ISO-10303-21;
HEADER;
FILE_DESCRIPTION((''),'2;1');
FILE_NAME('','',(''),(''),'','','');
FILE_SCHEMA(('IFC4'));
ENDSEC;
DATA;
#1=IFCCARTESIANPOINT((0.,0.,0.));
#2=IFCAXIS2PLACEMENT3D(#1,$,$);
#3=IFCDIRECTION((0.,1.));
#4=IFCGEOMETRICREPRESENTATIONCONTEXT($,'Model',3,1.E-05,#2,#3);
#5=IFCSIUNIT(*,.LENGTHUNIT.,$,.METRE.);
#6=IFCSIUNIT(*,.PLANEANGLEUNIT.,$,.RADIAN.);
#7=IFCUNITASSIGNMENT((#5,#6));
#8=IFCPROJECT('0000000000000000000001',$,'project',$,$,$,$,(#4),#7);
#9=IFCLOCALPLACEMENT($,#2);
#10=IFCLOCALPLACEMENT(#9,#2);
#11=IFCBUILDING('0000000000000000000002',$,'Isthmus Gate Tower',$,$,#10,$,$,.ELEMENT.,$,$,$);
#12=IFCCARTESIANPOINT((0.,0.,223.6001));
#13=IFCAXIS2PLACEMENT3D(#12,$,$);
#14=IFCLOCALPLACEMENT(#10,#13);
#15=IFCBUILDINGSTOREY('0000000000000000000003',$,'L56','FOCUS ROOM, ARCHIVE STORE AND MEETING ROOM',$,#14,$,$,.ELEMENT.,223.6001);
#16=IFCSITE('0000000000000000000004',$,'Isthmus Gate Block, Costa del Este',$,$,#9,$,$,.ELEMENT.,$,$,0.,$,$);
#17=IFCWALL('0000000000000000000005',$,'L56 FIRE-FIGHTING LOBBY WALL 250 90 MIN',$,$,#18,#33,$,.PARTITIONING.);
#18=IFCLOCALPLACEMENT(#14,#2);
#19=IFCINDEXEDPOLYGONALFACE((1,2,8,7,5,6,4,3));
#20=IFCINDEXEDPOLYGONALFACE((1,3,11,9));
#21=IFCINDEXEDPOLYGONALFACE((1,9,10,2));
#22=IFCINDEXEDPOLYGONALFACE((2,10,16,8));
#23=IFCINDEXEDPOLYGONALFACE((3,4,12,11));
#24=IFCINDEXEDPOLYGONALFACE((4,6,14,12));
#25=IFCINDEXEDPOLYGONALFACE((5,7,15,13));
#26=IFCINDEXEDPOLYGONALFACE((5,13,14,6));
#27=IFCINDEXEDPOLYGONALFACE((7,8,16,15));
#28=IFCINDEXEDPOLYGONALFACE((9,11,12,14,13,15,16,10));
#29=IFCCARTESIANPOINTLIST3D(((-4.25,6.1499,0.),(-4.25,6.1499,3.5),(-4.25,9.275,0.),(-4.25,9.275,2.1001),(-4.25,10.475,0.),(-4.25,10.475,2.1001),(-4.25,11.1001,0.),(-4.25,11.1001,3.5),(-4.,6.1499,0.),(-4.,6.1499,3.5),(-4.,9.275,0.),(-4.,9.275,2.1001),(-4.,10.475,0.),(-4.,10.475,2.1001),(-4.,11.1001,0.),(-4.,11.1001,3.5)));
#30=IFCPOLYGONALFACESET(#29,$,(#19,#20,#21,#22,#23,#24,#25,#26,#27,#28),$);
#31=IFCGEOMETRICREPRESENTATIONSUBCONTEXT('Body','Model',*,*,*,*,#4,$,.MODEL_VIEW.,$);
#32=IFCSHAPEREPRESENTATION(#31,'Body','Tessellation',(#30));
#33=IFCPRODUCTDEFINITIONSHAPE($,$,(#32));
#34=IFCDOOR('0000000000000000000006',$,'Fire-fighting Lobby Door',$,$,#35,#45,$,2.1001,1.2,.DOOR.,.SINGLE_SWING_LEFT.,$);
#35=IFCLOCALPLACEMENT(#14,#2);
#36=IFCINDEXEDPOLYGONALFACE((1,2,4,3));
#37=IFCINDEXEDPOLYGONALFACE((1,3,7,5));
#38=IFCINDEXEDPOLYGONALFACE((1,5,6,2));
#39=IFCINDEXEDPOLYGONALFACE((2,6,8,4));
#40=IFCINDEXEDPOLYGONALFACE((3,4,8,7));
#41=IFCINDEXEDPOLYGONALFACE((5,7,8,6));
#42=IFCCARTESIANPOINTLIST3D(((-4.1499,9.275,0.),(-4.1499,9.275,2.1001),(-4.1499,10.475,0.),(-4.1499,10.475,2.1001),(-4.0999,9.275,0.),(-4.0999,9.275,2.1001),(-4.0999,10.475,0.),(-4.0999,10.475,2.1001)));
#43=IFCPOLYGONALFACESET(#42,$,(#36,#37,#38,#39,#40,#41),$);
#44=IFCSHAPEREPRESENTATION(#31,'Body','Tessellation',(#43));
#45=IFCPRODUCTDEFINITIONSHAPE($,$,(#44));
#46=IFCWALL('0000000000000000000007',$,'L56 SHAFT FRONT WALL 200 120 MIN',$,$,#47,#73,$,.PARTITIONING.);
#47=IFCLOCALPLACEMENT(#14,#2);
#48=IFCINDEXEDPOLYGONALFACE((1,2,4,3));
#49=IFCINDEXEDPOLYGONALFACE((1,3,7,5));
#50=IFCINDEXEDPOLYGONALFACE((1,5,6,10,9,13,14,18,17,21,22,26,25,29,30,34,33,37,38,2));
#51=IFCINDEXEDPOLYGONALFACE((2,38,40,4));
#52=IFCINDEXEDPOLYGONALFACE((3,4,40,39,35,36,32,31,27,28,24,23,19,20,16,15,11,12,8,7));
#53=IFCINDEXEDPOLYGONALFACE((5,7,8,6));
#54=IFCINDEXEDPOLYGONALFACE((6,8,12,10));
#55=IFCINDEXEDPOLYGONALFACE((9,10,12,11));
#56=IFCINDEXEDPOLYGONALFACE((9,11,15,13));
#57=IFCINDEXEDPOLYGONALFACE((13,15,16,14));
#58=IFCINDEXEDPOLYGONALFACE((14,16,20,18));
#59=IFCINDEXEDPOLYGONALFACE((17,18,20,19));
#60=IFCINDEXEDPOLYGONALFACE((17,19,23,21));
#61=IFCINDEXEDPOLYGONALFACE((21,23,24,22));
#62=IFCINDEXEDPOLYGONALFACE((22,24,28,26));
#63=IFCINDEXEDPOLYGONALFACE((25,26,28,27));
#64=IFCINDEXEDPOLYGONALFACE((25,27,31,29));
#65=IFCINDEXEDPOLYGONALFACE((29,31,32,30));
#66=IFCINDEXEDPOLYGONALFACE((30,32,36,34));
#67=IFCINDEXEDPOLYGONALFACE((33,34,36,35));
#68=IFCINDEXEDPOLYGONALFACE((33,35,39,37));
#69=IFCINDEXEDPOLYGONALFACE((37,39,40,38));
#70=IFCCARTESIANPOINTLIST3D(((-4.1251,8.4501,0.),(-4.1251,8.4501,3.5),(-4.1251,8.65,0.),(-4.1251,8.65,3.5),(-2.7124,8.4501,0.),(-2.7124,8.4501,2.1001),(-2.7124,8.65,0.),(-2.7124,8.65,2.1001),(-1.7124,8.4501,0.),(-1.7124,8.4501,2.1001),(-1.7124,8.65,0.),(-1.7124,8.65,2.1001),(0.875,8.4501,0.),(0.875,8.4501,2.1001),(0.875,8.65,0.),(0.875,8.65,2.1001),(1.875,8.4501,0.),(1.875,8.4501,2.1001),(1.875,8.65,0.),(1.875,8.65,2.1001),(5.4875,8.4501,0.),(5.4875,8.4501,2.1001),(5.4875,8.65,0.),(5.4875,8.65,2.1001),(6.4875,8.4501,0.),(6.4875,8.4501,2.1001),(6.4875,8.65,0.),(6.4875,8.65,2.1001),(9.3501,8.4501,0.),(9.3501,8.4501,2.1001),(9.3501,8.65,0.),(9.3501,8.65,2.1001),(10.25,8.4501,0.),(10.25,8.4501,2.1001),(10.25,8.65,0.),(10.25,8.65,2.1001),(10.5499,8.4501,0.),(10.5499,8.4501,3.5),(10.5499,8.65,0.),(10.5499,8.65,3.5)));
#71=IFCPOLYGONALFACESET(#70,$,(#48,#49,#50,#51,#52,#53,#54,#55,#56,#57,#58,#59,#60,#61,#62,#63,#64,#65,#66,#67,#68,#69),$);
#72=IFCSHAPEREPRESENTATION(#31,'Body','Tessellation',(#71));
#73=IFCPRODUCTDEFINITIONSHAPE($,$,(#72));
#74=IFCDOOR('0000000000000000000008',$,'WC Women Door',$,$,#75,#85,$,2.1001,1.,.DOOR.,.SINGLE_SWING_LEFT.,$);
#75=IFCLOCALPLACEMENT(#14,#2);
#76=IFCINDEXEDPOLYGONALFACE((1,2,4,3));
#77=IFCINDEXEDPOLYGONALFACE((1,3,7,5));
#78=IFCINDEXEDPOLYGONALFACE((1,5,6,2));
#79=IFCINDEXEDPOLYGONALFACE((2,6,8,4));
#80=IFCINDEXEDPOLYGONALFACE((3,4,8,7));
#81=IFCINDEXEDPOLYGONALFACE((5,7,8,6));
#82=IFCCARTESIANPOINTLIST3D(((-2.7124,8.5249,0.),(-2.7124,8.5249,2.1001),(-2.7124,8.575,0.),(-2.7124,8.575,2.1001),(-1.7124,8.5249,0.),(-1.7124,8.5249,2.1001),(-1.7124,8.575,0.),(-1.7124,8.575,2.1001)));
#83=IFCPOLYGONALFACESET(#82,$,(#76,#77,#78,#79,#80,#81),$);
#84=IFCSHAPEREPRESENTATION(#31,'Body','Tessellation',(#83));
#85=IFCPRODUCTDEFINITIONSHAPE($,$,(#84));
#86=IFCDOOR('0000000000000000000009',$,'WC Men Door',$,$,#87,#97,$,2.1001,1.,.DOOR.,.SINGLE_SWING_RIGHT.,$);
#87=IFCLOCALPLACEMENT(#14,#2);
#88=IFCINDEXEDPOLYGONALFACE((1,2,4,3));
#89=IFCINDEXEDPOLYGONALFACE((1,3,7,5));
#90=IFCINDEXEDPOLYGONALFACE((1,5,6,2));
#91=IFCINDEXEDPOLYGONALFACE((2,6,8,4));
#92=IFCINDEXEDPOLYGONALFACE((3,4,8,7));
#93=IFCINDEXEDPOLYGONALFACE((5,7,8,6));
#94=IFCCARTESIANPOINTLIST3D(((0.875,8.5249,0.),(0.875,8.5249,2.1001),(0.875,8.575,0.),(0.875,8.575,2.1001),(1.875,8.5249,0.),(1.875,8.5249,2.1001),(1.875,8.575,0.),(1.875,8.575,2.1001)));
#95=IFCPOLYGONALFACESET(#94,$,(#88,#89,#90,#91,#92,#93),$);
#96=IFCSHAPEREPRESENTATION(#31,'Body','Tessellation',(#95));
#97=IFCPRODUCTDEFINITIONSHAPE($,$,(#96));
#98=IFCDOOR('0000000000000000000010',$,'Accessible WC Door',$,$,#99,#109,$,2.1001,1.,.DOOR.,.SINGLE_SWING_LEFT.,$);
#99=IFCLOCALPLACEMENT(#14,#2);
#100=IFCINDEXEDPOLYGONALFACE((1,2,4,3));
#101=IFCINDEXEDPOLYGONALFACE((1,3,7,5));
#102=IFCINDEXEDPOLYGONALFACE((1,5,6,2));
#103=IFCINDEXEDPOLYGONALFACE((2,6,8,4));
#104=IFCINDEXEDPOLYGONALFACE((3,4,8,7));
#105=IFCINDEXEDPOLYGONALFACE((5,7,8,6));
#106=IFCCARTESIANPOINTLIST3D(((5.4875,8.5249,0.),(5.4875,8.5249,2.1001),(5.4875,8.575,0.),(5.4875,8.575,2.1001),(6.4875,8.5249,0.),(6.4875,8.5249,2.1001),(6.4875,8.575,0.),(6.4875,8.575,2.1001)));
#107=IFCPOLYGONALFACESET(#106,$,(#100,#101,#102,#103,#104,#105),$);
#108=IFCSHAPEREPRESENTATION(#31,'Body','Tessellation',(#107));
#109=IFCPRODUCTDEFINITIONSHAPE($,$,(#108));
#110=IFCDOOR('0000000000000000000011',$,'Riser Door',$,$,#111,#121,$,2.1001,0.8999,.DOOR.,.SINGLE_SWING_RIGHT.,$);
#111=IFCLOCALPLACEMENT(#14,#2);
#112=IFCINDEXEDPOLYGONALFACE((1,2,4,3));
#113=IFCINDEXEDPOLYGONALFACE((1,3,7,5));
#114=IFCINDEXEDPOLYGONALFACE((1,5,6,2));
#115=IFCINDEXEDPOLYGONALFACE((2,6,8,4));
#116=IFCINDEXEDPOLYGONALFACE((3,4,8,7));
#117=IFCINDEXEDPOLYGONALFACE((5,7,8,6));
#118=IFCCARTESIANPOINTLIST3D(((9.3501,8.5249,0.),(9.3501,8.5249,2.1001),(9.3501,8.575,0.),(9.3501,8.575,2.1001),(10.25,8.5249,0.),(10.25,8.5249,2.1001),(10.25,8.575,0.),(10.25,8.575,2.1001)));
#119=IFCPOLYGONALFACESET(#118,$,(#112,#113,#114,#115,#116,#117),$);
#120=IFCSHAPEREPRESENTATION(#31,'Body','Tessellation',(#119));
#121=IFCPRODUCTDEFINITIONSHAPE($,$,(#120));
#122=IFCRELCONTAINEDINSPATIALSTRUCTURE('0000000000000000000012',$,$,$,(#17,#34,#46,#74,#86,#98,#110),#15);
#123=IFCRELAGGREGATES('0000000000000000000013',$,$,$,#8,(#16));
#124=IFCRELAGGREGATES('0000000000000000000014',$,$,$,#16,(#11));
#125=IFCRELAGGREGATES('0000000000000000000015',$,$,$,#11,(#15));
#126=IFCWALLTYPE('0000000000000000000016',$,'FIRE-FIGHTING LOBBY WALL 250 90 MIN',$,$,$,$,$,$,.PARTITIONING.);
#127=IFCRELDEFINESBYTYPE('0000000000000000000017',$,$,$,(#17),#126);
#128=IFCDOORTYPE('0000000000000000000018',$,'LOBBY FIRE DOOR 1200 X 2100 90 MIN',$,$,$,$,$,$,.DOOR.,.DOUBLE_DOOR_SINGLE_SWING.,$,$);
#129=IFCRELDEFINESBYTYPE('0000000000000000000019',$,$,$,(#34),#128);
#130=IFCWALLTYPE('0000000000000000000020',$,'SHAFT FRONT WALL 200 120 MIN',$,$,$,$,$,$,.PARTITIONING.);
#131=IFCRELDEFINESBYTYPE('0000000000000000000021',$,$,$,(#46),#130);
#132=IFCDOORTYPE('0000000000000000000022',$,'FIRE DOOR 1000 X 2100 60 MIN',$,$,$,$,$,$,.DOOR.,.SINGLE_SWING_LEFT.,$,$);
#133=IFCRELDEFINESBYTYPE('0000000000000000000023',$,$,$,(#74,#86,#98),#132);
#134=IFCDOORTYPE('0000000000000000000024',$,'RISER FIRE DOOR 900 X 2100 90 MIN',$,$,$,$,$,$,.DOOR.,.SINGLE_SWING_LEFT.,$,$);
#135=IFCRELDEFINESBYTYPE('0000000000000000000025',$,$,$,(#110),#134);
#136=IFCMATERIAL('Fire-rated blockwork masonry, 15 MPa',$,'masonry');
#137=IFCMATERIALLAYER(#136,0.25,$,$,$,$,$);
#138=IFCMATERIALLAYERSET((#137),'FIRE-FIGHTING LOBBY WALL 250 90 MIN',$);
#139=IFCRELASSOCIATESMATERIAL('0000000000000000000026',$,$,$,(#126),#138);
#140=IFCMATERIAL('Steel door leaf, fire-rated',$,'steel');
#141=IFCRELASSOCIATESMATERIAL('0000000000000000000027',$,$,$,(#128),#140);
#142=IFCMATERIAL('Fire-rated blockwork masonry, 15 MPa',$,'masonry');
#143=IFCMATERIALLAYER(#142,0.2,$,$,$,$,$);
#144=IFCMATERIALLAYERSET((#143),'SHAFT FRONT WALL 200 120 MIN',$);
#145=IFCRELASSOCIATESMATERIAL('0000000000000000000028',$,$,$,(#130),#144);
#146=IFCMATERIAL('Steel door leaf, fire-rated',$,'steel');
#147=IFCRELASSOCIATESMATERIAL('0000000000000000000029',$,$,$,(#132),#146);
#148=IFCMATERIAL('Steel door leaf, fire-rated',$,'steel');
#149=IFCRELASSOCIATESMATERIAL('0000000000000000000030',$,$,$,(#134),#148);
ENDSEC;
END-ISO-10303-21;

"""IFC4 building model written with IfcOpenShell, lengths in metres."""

from ifc_helpers import new_model, si_unit, direction, frame, frame_2d, origin, place, context, subcontext, project, spatial, rectangle, extrude, material, layer, layer_set, type_object, element, fill, save


model = new_model("IFC4")

# Units and contexts
model_context = context("Model", 3, precision=1e-05, world=origin(), true_north=direction((0.0, 1.0)))
body_context = subcontext(model_context, "Body", "Model", "MODEL_VIEW")
ifc_project = project(units=[si_unit("LENGTHUNIT", "METRE"), si_unit("PLANEANGLEUNIT", "RADIAN")], contexts=[model_context])

# Site, building, storey
site_placement = place(None, origin())
site = spatial("IfcSite", under=ifc_project, at=site_placement, Name="Isthmus Gate Block, Costa del Este", CompositionType="ELEMENT", RefElevation=0.0)
building_placement = place(site_placement, origin())
building = spatial("IfcBuilding", under=site, at=building_placement, Name="Isthmus Gate Tower", CompositionType="ELEMENT")
storey_placement = place(building_placement, frame((0.0, 0.0, 223.6001)))
storey = spatial("IfcBuildingStorey", under=building, at=storey_placement, Name="L56", Description="FOCUS ROOM, ARCHIVE STORE AND MEETING ROOM", CompositionType="ELEMENT", Elevation=223.6001)

# Wall, opening, door
ifc_material_1 = material(Name="Fire-rated blockwork masonry, 15 MPa", Category="masonry")
ifc_layer_1 = layer(ifc_material_1, 0.25)
ifc_layer_set_1 = layer_set([ifc_layer_1], Name="FIRE-FIGHTING LOBBY WALL 250 90 MIN")
wall_type_1 = type_object("IfcWallType", Name="FIRE-FIGHTING LOBBY WALL 250 90 MIN", PredefinedType="PARTITIONING", material=ifc_layer_set_1)
wall_1_placement = place(storey_placement, frame((-4.125, 6.1499, 0.0), z_axis=(0.0, 0.0, 1.0), x_axis=(0.0, 1.0, 0.0)))
wall_1 = element("IfcWall", 1, at=wall_1_placement, inside=storey, type_object=wall_type_1, Name="L56 FIRE-FIGHTING LOBBY WALL 250 90 MIN", PredefinedType="PARTITIONING", context=body_context, shape_type="SweptSolid", body=[
    extrude(rectangle(XDim=4.9502, YDim=0.25, at=frame_2d((2.4751, 0.0))), origin(), (0.0, 0.0, 1.0), 3.5),
])
opening_1_placement = place(wall_1_placement, frame((3.125, 0.0, 0.0)))
opening_1 = element("IfcOpeningElement", 2, at=opening_1_placement, cuts=wall_1, PredefinedType="OPENING", context=body_context, shape_type="SweptSolid", body=[
    extrude(rectangle(XDim=1.2, YDim=2.1001, at=frame_2d((0.6001, 1.05))), frame((0.0, 0.135, 0.0), z_axis=(0.0, -1.0, 0.0), x_axis=(1.0, 0.0, 0.0)), (0.0, 0.0, 1.0), 0.27),
])
ifc_material_2 = material(Name="Steel door leaf, fire-rated", Category="steel")
door_type_1 = type_object("IfcDoorType", Name="LOBBY FIRE DOOR 1200 X 2100 90 MIN", OperationType="DOUBLE_DOOR_SINGLE_SWING", PredefinedType="DOOR", material=ifc_material_2)
door_1_placement = place(opening_1_placement, origin())
door_1 = element("IfcDoor", 3, at=door_1_placement, inside=storey, type_object=door_type_1, Name="Fire-fighting Lobby Door", OperationType="SINGLE_SWING_LEFT", OverallHeight=2.1001, OverallWidth=1.2, PredefinedType="DOOR", context=body_context, shape_type="SweptSolid", body=[
    extrude(rectangle(XDim=1.2, YDim=2.1001, at=frame_2d((0.6001, 1.05))), frame((0.0, 0.0249, 0.0), z_axis=(0.0, -1.0, 0.0), x_axis=(1.0, 0.0, 0.0)), (0.0, 0.0, 1.0), 0.05),
])
fill(opening_1, door_1)

# Wall, openings, doors
ifc_material_3 = material(Name="Fire-rated blockwork masonry, 15 MPa", Category="masonry")
ifc_layer_2 = layer(ifc_material_3, 0.2)
ifc_layer_set_2 = layer_set([ifc_layer_2], Name="SHAFT FRONT WALL 200 120 MIN")
wall_type_2 = type_object("IfcWallType", Name="SHAFT FRONT WALL 200 120 MIN", PredefinedType="PARTITIONING", material=ifc_layer_set_2)
wall_2_placement = place(storey_placement, frame((-4.125, 8.55, 0.0), z_axis=(0.0, 0.0, 1.0), x_axis=(1.0, 0.0, 0.0)))
wall_2 = element("IfcWall", 4, at=wall_2_placement, inside=storey, type_object=wall_type_2, Name="L56 SHAFT FRONT WALL 200 120 MIN", PredefinedType="PARTITIONING", context=body_context, shape_type="SweptSolid", body=[
    extrude(rectangle(XDim=14.675, YDim=0.2, at=frame_2d((7.3374, 0.0))), origin(), (0.0, 0.0, 1.0), 3.5),
])
opening_2_placement = place(wall_2_placement, frame((1.4126, 0.0, 0.0)))
opening_2 = element("IfcOpeningElement", 5, at=opening_2_placement, cuts=wall_2, PredefinedType="OPENING", context=body_context, shape_type="SweptSolid", body=[
    extrude(rectangle(XDim=1.0, YDim=2.1001, at=frame_2d((0.5, 1.05))), frame((0.0, 0.1099, 0.0), z_axis=(0.0, -1.0, 0.0), x_axis=(1.0, 0.0, 0.0)), (0.0, 0.0, 1.0), 0.22),
])
opening_3_placement = place(wall_2_placement, frame((5.0, 0.0, 0.0)))
opening_3 = element("IfcOpeningElement", 6, at=opening_3_placement, cuts=wall_2, PredefinedType="OPENING", context=body_context, shape_type="SweptSolid", body=[
    extrude(rectangle(XDim=1.0, YDim=2.1001, at=frame_2d((0.5, 1.05))), frame((0.0, 0.1099, 0.0), z_axis=(0.0, -1.0, 0.0), x_axis=(1.0, 0.0, 0.0)), (0.0, 0.0, 1.0), 0.22),
])
opening_4_placement = place(wall_2_placement, frame((9.6125, 0.0, 0.0)))
opening_4 = element("IfcOpeningElement", 7, at=opening_4_placement, cuts=wall_2, PredefinedType="OPENING", context=body_context, shape_type="SweptSolid", body=[
    extrude(rectangle(XDim=1.0, YDim=2.1001, at=frame_2d((0.5, 1.05))), frame((0.0, 0.1099, 0.0), z_axis=(0.0, -1.0, 0.0), x_axis=(1.0, 0.0, 0.0)), (0.0, 0.0, 1.0), 0.22),
])
opening_5_placement = place(wall_2_placement, frame((13.4751, 0.0, 0.0)))
opening_5 = element("IfcOpeningElement", 8, at=opening_5_placement, cuts=wall_2, PredefinedType="OPENING", context=body_context, shape_type="SweptSolid", body=[
    extrude(rectangle(XDim=0.8999, YDim=2.1001, at=frame_2d((0.45, 1.05))), frame((0.0, 0.1099, 0.0), z_axis=(0.0, -1.0, 0.0), x_axis=(1.0, 0.0, 0.0)), (0.0, 0.0, 1.0), 0.22),
])
ifc_material_4 = material(Name="Steel door leaf, fire-rated", Category="steel")
door_type_2 = type_object("IfcDoorType", Name="FIRE DOOR 1000 X 2100 60 MIN", OperationType="SINGLE_SWING_LEFT", PredefinedType="DOOR", material=ifc_material_4)
door_2_placement = place(opening_2_placement, origin())
door_2 = element("IfcDoor", 9, at=door_2_placement, inside=storey, type_object=door_type_2, Name="WC Women Door", OperationType="SINGLE_SWING_LEFT", OverallHeight=2.1001, OverallWidth=1.0, PredefinedType="DOOR", context=body_context, shape_type="SweptSolid", body=[
    extrude(rectangle(XDim=1.0, YDim=2.1001, at=frame_2d((0.5, 1.05))), frame((0.0, 0.0249, 0.0), z_axis=(0.0, -1.0, 0.0), x_axis=(1.0, 0.0, 0.0)), (0.0, 0.0, 1.0), 0.05),
])
fill(opening_2, door_2)
door_3_placement = place(opening_3_placement, origin())
door_3 = element("IfcDoor", 10, at=door_3_placement, inside=storey, type_object=door_type_2, Name="WC Men Door", OperationType="SINGLE_SWING_RIGHT", OverallHeight=2.1001, OverallWidth=1.0, PredefinedType="DOOR", context=body_context, shape_type="SweptSolid", body=[
    extrude(rectangle(XDim=1.0, YDim=2.1001, at=frame_2d((0.5, 1.05))), frame((0.0, 0.0249, 0.0), z_axis=(0.0, -1.0, 0.0), x_axis=(1.0, 0.0, 0.0)), (0.0, 0.0, 1.0), 0.05),
])
fill(opening_3, door_3)
door_4_placement = place(opening_4_placement, origin())
door_4 = element("IfcDoor", 11, at=door_4_placement, inside=storey, type_object=door_type_2, Name="Accessible WC Door", OperationType="SINGLE_SWING_LEFT", OverallHeight=2.1001, OverallWidth=1.0, PredefinedType="DOOR", context=body_context, shape_type="SweptSolid", body=[
    extrude(rectangle(XDim=1.0, YDim=2.1001, at=frame_2d((0.5, 1.05))), frame((0.0, 0.0249, 0.0), z_axis=(0.0, -1.0, 0.0), x_axis=(1.0, 0.0, 0.0)), (0.0, 0.0, 1.0), 0.05),
])
fill(opening_4, door_4)
ifc_material_5 = material(Name="Steel door leaf, fire-rated", Category="steel")
door_type_3 = type_object("IfcDoorType", Name="RISER FIRE DOOR 900 X 2100 90 MIN", OperationType="SINGLE_SWING_LEFT", PredefinedType="DOOR", material=ifc_material_5)
door_5_placement = place(opening_5_placement, origin())
door_5 = element("IfcDoor", 12, at=door_5_placement, inside=storey, type_object=door_type_3, Name="Riser Door", OperationType="SINGLE_SWING_RIGHT", OverallHeight=2.1001, OverallWidth=0.8999, PredefinedType="DOOR", context=body_context, shape_type="SweptSolid", body=[
    extrude(rectangle(XDim=0.8999, YDim=2.1001, at=frame_2d((0.45, 1.05))), frame((0.0, 0.0249, 0.0), z_axis=(0.0, -1.0, 0.0), x_axis=(1.0, 0.0, 0.0)), (0.0, 0.0, 1.0), 0.05),
])
fill(opening_5, door_5)

save(model, "model.ifc")
